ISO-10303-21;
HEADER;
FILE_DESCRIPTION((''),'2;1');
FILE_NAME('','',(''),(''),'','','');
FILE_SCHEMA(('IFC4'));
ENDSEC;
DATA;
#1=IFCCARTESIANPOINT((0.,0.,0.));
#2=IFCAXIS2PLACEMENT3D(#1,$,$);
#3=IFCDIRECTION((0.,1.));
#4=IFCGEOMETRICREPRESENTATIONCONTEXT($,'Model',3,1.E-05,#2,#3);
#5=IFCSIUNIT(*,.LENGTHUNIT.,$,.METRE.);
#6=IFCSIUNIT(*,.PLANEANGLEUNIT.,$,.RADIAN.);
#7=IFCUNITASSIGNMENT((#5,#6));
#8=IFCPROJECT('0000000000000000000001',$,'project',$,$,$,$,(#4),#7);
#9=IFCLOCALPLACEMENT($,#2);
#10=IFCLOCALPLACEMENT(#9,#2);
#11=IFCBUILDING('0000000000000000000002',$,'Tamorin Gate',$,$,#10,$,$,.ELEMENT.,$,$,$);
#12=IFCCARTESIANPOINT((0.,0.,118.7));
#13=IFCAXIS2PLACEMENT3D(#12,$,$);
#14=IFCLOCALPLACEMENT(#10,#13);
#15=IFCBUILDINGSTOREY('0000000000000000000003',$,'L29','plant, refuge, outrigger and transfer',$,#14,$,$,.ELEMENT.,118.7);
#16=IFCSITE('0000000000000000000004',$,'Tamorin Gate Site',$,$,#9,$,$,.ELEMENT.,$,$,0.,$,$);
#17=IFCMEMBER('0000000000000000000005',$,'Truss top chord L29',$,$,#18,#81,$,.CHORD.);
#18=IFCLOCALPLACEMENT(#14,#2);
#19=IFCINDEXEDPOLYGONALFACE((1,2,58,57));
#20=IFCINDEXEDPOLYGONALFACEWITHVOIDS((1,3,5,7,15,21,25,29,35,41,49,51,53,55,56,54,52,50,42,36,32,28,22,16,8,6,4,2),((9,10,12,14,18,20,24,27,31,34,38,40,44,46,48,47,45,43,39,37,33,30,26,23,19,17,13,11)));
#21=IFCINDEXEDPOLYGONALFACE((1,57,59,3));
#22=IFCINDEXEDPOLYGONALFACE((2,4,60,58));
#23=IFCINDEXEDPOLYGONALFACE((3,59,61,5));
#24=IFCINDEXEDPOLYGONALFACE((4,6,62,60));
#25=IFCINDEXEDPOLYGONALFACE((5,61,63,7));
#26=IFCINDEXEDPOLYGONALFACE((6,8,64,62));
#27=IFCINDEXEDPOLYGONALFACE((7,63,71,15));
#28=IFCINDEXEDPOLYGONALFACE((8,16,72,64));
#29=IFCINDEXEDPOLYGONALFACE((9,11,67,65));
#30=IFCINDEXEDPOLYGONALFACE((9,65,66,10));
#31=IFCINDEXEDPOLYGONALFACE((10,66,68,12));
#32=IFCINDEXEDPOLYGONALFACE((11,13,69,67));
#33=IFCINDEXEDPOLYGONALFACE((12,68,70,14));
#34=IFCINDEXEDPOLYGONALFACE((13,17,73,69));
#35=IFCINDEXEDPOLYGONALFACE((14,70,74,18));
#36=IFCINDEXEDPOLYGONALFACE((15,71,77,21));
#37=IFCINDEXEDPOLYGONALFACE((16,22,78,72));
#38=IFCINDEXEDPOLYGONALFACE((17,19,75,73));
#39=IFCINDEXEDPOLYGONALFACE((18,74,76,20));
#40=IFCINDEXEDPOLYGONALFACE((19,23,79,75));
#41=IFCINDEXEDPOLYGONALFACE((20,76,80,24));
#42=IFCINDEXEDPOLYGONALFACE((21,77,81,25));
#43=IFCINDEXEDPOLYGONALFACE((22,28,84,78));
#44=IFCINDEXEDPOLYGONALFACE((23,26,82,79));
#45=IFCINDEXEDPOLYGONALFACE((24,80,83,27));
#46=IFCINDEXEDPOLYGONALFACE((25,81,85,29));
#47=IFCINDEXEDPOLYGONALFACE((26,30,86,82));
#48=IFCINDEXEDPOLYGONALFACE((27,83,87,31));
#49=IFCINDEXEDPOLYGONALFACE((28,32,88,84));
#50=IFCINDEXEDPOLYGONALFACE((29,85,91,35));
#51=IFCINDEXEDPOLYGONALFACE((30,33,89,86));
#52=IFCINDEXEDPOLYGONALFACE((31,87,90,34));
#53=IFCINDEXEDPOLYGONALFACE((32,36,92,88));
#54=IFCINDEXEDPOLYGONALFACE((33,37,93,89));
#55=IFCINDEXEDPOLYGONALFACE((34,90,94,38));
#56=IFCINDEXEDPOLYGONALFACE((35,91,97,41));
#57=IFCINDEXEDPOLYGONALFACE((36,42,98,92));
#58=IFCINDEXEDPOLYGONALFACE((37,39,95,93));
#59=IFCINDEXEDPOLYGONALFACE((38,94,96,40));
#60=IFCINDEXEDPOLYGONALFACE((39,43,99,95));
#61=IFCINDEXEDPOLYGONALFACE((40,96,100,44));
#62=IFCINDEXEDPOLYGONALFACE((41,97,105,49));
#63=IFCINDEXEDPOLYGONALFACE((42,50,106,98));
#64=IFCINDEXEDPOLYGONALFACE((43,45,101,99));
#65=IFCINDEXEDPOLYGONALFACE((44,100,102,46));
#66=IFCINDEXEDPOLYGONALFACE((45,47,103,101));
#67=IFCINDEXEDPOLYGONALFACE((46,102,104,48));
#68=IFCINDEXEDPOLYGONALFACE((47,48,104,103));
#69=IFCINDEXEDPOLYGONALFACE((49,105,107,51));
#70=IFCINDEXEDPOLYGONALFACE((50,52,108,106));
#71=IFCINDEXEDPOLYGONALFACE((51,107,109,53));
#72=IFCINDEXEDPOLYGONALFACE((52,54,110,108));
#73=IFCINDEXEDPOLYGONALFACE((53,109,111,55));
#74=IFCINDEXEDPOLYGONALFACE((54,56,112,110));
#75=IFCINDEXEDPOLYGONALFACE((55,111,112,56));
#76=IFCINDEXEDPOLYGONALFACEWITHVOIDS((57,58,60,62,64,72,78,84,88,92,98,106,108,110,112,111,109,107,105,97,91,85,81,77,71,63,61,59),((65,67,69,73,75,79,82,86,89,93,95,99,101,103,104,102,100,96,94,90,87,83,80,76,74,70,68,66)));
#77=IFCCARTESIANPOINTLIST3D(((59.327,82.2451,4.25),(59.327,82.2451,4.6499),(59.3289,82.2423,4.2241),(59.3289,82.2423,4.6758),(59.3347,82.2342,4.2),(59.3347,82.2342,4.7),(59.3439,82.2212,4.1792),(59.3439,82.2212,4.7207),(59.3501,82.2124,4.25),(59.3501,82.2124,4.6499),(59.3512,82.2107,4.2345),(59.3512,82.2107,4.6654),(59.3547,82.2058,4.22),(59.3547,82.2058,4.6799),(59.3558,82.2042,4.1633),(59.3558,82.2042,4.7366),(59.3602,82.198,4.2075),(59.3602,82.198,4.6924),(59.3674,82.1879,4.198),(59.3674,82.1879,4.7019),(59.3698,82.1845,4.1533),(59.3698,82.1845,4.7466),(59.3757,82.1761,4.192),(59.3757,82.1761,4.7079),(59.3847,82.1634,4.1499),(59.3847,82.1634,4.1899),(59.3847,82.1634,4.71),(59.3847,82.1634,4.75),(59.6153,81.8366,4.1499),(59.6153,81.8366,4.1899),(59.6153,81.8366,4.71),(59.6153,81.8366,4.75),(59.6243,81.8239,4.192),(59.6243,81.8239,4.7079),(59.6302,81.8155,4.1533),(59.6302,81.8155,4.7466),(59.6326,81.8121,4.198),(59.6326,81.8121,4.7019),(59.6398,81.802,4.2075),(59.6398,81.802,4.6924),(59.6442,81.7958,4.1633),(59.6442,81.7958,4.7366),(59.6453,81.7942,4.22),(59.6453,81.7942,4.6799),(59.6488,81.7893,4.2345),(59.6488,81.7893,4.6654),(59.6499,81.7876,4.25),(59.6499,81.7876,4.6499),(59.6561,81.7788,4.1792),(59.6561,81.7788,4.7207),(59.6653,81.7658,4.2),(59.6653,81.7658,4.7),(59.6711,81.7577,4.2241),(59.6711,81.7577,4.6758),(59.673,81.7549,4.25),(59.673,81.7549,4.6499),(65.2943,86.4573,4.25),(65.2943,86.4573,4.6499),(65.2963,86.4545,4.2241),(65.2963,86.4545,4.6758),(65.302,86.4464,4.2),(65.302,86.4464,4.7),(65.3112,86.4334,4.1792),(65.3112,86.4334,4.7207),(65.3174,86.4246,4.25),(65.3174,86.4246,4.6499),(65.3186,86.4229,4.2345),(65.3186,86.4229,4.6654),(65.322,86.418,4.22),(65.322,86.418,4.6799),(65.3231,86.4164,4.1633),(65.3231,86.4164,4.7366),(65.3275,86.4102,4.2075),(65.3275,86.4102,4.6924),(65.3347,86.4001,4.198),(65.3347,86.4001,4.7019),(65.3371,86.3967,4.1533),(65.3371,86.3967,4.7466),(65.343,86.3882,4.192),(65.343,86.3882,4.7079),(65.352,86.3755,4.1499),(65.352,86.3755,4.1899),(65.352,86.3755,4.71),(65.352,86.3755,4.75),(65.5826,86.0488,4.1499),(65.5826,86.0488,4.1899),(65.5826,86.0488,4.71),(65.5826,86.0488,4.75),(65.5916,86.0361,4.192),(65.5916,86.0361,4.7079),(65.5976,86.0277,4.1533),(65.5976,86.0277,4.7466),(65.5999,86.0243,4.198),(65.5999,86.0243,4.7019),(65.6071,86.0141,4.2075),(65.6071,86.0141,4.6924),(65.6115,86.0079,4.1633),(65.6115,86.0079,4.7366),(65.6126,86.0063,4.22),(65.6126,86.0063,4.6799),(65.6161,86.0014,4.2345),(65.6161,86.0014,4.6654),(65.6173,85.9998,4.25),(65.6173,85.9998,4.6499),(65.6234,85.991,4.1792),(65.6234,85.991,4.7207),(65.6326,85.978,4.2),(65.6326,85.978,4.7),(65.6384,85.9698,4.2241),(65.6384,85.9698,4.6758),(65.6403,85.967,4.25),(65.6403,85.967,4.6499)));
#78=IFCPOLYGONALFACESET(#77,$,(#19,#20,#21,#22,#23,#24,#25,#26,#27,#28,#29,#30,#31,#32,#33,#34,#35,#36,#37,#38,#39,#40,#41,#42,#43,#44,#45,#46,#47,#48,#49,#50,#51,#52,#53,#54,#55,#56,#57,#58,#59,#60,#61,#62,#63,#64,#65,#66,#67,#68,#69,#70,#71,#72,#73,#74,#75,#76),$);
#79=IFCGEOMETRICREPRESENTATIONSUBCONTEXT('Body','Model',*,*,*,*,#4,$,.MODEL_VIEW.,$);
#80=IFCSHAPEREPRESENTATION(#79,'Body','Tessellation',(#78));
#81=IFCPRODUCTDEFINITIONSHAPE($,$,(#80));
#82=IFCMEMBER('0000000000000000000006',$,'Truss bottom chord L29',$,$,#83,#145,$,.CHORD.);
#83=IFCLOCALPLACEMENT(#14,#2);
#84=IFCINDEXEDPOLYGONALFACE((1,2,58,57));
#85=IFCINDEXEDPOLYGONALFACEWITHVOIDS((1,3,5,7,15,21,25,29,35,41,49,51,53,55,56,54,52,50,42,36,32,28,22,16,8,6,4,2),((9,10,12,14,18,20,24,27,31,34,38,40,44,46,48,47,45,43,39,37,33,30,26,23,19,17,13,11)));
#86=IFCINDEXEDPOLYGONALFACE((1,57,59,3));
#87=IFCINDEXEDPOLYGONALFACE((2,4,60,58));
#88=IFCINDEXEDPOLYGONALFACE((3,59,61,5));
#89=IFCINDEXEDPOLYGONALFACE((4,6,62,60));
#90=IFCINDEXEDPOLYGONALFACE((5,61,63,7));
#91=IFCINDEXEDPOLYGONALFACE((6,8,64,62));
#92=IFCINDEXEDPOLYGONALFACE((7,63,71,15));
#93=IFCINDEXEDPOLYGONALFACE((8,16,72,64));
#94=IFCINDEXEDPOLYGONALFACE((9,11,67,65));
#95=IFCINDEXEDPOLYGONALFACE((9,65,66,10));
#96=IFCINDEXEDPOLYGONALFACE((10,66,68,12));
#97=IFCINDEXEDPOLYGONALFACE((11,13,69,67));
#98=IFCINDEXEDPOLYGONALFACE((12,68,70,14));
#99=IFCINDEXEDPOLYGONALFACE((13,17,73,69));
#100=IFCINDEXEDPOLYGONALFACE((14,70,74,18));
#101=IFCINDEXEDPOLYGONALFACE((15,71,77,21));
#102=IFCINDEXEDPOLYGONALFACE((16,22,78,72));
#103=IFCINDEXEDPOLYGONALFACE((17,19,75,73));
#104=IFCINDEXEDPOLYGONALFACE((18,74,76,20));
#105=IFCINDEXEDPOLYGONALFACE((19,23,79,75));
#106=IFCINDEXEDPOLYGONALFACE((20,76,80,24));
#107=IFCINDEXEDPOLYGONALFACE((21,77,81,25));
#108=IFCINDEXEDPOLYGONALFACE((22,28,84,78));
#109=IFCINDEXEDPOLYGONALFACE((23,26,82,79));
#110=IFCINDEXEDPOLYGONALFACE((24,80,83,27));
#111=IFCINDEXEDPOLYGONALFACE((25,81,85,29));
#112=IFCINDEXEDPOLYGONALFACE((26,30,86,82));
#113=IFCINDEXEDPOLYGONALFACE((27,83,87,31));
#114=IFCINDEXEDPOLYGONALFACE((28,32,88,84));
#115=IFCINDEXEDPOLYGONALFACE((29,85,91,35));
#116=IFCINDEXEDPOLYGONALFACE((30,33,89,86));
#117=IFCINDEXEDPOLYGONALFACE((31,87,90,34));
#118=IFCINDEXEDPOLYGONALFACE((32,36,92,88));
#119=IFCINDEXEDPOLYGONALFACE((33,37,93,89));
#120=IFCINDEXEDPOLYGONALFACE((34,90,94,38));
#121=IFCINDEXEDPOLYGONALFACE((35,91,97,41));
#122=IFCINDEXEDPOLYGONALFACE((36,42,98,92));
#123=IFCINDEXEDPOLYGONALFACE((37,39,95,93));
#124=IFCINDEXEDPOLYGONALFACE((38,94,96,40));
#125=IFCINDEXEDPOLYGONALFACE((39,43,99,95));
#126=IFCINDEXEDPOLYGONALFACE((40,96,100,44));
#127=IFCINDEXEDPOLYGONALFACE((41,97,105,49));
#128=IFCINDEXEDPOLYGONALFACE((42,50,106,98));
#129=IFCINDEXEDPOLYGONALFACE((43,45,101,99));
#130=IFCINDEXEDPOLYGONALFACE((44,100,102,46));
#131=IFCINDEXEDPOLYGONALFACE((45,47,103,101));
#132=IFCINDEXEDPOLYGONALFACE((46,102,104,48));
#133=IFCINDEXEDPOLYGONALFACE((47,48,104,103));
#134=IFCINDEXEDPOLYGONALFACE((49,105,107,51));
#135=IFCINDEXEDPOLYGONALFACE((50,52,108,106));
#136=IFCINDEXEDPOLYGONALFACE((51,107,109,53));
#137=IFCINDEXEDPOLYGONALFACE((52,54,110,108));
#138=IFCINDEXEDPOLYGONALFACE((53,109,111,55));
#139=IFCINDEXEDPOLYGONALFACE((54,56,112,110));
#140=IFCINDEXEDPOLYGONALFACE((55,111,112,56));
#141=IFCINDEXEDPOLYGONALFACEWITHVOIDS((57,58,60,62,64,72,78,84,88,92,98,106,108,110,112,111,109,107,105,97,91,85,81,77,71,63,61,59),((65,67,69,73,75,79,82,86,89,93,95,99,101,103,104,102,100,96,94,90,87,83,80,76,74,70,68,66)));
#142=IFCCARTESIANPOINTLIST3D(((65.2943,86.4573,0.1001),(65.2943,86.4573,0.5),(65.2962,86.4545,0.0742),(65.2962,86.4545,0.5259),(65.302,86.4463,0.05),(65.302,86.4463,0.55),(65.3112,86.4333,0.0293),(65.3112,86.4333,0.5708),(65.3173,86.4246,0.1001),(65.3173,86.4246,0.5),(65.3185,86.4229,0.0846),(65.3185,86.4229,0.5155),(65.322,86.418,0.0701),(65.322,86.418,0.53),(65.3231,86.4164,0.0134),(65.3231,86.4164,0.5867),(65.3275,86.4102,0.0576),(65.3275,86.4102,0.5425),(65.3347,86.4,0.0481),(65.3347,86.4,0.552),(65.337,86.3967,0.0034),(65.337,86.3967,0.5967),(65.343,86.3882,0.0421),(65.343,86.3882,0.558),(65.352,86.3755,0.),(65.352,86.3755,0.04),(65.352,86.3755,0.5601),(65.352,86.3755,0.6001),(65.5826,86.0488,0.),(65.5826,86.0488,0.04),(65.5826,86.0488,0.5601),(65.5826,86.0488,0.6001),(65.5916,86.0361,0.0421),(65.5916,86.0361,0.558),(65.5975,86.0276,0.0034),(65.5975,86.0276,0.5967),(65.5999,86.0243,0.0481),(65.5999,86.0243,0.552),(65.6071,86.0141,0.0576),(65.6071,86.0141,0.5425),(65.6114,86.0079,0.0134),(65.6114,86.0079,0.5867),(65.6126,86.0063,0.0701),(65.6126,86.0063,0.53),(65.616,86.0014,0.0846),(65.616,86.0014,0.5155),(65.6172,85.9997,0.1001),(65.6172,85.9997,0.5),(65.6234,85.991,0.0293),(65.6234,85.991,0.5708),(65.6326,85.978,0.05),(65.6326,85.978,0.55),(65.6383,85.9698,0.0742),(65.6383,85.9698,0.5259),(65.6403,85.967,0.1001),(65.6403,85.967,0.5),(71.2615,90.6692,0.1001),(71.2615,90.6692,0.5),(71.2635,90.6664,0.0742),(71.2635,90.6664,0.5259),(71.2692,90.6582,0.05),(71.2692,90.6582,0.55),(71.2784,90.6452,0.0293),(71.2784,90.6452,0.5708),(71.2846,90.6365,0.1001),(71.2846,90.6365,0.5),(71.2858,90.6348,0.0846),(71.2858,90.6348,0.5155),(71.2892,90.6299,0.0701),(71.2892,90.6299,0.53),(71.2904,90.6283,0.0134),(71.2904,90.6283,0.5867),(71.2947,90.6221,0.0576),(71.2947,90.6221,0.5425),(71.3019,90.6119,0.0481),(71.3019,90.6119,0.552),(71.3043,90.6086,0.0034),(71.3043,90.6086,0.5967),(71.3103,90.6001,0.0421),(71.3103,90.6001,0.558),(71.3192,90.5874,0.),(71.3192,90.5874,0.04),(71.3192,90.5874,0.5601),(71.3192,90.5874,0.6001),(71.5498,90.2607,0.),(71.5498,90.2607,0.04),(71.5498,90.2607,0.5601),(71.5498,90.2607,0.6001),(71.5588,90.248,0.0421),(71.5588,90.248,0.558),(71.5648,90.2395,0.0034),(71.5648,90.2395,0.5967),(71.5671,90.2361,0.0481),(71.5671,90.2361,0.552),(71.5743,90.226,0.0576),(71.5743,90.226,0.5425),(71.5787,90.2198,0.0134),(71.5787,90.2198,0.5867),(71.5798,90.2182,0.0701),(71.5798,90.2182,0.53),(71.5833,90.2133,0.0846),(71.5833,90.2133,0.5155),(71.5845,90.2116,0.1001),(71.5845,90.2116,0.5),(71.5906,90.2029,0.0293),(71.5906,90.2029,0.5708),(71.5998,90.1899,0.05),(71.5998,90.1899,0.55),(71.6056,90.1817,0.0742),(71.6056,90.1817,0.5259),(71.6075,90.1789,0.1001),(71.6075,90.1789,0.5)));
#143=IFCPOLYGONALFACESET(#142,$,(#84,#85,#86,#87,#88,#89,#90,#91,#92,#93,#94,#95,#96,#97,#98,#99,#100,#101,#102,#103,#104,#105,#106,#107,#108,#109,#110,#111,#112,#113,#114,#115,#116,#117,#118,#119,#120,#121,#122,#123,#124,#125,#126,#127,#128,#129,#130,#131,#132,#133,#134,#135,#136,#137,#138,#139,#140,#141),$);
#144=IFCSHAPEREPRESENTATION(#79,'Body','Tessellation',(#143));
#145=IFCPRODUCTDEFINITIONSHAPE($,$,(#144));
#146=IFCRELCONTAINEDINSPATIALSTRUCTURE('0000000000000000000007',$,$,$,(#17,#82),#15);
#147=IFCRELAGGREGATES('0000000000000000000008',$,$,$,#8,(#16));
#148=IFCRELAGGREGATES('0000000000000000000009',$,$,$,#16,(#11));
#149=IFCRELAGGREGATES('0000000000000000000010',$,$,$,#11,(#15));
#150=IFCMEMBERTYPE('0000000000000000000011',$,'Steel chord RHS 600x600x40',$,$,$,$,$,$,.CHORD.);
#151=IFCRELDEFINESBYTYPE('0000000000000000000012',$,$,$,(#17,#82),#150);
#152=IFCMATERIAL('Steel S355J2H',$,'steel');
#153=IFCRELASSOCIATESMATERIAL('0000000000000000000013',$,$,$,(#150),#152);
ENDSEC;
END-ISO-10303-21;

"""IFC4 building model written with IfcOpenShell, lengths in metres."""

from ifc_helpers import new_model, si_unit, direction, frame, origin, origin_2d, place, context, subcontext, project, spatial, hollow_rectangle, extrude, material, material_profile, profile_set, type_object, element, save


model = new_model("IFC4")

# Units and contexts
model_context = context("Model", 3, precision=1e-05, world=origin(), true_north=direction((0.0, 1.0)))
body_context = subcontext(model_context, "Body", "Model", "MODEL_VIEW")
ifc_project = project(units=[si_unit("LENGTHUNIT", "METRE"), si_unit("PLANEANGLEUNIT", "RADIAN")], contexts=[model_context])

# Site, building, storey
site_placement = place(None, origin())
site = spatial("IfcSite", under=ifc_project, at=site_placement, Name="Tamorin Gate Site", CompositionType="ELEMENT", RefElevation=0.0)
building_placement = place(site_placement, origin())
building = spatial("IfcBuilding", under=site, at=building_placement, Name="Tamorin Gate", CompositionType="ELEMENT")
storey_placement = place(building_placement, frame((0.0, 0.0, 118.7)))
storey = spatial("IfcBuildingStorey", under=building, at=storey_placement, Name="L29", Description="plant, refuge, outrigger and transfer", CompositionType="ELEMENT", Elevation=118.7)

# Members
ifc_material_1 = material(Name="Steel S355J2H", Category="steel")
ifc_material_profile_1 = material_profile(ifc_material_1, hollow_rectangle(XDim=0.6001, YDim=0.6001, WallThickness=0.04, InnerFilletRadius=0.0601, OuterFilletRadius=0.1001, at=origin_2d()), Name="RHS 600x600x40")
ifc_profile_set_1 = profile_set([ifc_material_profile_1], Name="Steel S355J2H")
member_type_1 = type_object("IfcMemberType", Name="Steel chord RHS 600x600x40", PredefinedType="CHORD", material=ifc_profile_set_1)
for number, where, z_axis, x_axis, name in (
    (1, (59.5, 82.0, 4.45), (0.816971, 0.576679, 0.0), (-0.576679, 0.816971, 0.0), "Truss top chord L29"),
):
    element("IfcMember", number, at=place(storey_placement, frame(where, z_axis=z_axis, x_axis=x_axis)), inside=storey, type_object=member_type_1, Name=name, PredefinedType="CHORD", context=body_context, shape_type="SweptSolid", body=[
        extrude(hollow_rectangle(XDim=0.6001, YDim=0.6001, WallThickness=0.04, InnerFilletRadius=0.0601, OuterFilletRadius=0.1001, at=origin_2d()), origin(), (0.0, 0.0, 1.0), 7.3042),
    ])
for number, where, z_axis, x_axis, name in (
    (2, (65.4673, 86.2122, 0.3), (0.816986, 0.576657, 0.0), (-0.576657, 0.816986, 0.0), "Truss bottom chord L29"),
):
    element("IfcMember", number, at=place(storey_placement, frame(where, z_axis=z_axis, x_axis=x_axis)), inside=storey, type_object=member_type_1, Name=name, PredefinedType="CHORD", context=body_context, shape_type="SweptSolid", body=[
        extrude(hollow_rectangle(XDim=0.6001, YDim=0.6001, WallThickness=0.04, InnerFilletRadius=0.0601, OuterFilletRadius=0.1001, at=origin_2d()), origin(), (0.0, 0.0, 1.0), 7.304),
    ])

save(model, "model.ifc")
